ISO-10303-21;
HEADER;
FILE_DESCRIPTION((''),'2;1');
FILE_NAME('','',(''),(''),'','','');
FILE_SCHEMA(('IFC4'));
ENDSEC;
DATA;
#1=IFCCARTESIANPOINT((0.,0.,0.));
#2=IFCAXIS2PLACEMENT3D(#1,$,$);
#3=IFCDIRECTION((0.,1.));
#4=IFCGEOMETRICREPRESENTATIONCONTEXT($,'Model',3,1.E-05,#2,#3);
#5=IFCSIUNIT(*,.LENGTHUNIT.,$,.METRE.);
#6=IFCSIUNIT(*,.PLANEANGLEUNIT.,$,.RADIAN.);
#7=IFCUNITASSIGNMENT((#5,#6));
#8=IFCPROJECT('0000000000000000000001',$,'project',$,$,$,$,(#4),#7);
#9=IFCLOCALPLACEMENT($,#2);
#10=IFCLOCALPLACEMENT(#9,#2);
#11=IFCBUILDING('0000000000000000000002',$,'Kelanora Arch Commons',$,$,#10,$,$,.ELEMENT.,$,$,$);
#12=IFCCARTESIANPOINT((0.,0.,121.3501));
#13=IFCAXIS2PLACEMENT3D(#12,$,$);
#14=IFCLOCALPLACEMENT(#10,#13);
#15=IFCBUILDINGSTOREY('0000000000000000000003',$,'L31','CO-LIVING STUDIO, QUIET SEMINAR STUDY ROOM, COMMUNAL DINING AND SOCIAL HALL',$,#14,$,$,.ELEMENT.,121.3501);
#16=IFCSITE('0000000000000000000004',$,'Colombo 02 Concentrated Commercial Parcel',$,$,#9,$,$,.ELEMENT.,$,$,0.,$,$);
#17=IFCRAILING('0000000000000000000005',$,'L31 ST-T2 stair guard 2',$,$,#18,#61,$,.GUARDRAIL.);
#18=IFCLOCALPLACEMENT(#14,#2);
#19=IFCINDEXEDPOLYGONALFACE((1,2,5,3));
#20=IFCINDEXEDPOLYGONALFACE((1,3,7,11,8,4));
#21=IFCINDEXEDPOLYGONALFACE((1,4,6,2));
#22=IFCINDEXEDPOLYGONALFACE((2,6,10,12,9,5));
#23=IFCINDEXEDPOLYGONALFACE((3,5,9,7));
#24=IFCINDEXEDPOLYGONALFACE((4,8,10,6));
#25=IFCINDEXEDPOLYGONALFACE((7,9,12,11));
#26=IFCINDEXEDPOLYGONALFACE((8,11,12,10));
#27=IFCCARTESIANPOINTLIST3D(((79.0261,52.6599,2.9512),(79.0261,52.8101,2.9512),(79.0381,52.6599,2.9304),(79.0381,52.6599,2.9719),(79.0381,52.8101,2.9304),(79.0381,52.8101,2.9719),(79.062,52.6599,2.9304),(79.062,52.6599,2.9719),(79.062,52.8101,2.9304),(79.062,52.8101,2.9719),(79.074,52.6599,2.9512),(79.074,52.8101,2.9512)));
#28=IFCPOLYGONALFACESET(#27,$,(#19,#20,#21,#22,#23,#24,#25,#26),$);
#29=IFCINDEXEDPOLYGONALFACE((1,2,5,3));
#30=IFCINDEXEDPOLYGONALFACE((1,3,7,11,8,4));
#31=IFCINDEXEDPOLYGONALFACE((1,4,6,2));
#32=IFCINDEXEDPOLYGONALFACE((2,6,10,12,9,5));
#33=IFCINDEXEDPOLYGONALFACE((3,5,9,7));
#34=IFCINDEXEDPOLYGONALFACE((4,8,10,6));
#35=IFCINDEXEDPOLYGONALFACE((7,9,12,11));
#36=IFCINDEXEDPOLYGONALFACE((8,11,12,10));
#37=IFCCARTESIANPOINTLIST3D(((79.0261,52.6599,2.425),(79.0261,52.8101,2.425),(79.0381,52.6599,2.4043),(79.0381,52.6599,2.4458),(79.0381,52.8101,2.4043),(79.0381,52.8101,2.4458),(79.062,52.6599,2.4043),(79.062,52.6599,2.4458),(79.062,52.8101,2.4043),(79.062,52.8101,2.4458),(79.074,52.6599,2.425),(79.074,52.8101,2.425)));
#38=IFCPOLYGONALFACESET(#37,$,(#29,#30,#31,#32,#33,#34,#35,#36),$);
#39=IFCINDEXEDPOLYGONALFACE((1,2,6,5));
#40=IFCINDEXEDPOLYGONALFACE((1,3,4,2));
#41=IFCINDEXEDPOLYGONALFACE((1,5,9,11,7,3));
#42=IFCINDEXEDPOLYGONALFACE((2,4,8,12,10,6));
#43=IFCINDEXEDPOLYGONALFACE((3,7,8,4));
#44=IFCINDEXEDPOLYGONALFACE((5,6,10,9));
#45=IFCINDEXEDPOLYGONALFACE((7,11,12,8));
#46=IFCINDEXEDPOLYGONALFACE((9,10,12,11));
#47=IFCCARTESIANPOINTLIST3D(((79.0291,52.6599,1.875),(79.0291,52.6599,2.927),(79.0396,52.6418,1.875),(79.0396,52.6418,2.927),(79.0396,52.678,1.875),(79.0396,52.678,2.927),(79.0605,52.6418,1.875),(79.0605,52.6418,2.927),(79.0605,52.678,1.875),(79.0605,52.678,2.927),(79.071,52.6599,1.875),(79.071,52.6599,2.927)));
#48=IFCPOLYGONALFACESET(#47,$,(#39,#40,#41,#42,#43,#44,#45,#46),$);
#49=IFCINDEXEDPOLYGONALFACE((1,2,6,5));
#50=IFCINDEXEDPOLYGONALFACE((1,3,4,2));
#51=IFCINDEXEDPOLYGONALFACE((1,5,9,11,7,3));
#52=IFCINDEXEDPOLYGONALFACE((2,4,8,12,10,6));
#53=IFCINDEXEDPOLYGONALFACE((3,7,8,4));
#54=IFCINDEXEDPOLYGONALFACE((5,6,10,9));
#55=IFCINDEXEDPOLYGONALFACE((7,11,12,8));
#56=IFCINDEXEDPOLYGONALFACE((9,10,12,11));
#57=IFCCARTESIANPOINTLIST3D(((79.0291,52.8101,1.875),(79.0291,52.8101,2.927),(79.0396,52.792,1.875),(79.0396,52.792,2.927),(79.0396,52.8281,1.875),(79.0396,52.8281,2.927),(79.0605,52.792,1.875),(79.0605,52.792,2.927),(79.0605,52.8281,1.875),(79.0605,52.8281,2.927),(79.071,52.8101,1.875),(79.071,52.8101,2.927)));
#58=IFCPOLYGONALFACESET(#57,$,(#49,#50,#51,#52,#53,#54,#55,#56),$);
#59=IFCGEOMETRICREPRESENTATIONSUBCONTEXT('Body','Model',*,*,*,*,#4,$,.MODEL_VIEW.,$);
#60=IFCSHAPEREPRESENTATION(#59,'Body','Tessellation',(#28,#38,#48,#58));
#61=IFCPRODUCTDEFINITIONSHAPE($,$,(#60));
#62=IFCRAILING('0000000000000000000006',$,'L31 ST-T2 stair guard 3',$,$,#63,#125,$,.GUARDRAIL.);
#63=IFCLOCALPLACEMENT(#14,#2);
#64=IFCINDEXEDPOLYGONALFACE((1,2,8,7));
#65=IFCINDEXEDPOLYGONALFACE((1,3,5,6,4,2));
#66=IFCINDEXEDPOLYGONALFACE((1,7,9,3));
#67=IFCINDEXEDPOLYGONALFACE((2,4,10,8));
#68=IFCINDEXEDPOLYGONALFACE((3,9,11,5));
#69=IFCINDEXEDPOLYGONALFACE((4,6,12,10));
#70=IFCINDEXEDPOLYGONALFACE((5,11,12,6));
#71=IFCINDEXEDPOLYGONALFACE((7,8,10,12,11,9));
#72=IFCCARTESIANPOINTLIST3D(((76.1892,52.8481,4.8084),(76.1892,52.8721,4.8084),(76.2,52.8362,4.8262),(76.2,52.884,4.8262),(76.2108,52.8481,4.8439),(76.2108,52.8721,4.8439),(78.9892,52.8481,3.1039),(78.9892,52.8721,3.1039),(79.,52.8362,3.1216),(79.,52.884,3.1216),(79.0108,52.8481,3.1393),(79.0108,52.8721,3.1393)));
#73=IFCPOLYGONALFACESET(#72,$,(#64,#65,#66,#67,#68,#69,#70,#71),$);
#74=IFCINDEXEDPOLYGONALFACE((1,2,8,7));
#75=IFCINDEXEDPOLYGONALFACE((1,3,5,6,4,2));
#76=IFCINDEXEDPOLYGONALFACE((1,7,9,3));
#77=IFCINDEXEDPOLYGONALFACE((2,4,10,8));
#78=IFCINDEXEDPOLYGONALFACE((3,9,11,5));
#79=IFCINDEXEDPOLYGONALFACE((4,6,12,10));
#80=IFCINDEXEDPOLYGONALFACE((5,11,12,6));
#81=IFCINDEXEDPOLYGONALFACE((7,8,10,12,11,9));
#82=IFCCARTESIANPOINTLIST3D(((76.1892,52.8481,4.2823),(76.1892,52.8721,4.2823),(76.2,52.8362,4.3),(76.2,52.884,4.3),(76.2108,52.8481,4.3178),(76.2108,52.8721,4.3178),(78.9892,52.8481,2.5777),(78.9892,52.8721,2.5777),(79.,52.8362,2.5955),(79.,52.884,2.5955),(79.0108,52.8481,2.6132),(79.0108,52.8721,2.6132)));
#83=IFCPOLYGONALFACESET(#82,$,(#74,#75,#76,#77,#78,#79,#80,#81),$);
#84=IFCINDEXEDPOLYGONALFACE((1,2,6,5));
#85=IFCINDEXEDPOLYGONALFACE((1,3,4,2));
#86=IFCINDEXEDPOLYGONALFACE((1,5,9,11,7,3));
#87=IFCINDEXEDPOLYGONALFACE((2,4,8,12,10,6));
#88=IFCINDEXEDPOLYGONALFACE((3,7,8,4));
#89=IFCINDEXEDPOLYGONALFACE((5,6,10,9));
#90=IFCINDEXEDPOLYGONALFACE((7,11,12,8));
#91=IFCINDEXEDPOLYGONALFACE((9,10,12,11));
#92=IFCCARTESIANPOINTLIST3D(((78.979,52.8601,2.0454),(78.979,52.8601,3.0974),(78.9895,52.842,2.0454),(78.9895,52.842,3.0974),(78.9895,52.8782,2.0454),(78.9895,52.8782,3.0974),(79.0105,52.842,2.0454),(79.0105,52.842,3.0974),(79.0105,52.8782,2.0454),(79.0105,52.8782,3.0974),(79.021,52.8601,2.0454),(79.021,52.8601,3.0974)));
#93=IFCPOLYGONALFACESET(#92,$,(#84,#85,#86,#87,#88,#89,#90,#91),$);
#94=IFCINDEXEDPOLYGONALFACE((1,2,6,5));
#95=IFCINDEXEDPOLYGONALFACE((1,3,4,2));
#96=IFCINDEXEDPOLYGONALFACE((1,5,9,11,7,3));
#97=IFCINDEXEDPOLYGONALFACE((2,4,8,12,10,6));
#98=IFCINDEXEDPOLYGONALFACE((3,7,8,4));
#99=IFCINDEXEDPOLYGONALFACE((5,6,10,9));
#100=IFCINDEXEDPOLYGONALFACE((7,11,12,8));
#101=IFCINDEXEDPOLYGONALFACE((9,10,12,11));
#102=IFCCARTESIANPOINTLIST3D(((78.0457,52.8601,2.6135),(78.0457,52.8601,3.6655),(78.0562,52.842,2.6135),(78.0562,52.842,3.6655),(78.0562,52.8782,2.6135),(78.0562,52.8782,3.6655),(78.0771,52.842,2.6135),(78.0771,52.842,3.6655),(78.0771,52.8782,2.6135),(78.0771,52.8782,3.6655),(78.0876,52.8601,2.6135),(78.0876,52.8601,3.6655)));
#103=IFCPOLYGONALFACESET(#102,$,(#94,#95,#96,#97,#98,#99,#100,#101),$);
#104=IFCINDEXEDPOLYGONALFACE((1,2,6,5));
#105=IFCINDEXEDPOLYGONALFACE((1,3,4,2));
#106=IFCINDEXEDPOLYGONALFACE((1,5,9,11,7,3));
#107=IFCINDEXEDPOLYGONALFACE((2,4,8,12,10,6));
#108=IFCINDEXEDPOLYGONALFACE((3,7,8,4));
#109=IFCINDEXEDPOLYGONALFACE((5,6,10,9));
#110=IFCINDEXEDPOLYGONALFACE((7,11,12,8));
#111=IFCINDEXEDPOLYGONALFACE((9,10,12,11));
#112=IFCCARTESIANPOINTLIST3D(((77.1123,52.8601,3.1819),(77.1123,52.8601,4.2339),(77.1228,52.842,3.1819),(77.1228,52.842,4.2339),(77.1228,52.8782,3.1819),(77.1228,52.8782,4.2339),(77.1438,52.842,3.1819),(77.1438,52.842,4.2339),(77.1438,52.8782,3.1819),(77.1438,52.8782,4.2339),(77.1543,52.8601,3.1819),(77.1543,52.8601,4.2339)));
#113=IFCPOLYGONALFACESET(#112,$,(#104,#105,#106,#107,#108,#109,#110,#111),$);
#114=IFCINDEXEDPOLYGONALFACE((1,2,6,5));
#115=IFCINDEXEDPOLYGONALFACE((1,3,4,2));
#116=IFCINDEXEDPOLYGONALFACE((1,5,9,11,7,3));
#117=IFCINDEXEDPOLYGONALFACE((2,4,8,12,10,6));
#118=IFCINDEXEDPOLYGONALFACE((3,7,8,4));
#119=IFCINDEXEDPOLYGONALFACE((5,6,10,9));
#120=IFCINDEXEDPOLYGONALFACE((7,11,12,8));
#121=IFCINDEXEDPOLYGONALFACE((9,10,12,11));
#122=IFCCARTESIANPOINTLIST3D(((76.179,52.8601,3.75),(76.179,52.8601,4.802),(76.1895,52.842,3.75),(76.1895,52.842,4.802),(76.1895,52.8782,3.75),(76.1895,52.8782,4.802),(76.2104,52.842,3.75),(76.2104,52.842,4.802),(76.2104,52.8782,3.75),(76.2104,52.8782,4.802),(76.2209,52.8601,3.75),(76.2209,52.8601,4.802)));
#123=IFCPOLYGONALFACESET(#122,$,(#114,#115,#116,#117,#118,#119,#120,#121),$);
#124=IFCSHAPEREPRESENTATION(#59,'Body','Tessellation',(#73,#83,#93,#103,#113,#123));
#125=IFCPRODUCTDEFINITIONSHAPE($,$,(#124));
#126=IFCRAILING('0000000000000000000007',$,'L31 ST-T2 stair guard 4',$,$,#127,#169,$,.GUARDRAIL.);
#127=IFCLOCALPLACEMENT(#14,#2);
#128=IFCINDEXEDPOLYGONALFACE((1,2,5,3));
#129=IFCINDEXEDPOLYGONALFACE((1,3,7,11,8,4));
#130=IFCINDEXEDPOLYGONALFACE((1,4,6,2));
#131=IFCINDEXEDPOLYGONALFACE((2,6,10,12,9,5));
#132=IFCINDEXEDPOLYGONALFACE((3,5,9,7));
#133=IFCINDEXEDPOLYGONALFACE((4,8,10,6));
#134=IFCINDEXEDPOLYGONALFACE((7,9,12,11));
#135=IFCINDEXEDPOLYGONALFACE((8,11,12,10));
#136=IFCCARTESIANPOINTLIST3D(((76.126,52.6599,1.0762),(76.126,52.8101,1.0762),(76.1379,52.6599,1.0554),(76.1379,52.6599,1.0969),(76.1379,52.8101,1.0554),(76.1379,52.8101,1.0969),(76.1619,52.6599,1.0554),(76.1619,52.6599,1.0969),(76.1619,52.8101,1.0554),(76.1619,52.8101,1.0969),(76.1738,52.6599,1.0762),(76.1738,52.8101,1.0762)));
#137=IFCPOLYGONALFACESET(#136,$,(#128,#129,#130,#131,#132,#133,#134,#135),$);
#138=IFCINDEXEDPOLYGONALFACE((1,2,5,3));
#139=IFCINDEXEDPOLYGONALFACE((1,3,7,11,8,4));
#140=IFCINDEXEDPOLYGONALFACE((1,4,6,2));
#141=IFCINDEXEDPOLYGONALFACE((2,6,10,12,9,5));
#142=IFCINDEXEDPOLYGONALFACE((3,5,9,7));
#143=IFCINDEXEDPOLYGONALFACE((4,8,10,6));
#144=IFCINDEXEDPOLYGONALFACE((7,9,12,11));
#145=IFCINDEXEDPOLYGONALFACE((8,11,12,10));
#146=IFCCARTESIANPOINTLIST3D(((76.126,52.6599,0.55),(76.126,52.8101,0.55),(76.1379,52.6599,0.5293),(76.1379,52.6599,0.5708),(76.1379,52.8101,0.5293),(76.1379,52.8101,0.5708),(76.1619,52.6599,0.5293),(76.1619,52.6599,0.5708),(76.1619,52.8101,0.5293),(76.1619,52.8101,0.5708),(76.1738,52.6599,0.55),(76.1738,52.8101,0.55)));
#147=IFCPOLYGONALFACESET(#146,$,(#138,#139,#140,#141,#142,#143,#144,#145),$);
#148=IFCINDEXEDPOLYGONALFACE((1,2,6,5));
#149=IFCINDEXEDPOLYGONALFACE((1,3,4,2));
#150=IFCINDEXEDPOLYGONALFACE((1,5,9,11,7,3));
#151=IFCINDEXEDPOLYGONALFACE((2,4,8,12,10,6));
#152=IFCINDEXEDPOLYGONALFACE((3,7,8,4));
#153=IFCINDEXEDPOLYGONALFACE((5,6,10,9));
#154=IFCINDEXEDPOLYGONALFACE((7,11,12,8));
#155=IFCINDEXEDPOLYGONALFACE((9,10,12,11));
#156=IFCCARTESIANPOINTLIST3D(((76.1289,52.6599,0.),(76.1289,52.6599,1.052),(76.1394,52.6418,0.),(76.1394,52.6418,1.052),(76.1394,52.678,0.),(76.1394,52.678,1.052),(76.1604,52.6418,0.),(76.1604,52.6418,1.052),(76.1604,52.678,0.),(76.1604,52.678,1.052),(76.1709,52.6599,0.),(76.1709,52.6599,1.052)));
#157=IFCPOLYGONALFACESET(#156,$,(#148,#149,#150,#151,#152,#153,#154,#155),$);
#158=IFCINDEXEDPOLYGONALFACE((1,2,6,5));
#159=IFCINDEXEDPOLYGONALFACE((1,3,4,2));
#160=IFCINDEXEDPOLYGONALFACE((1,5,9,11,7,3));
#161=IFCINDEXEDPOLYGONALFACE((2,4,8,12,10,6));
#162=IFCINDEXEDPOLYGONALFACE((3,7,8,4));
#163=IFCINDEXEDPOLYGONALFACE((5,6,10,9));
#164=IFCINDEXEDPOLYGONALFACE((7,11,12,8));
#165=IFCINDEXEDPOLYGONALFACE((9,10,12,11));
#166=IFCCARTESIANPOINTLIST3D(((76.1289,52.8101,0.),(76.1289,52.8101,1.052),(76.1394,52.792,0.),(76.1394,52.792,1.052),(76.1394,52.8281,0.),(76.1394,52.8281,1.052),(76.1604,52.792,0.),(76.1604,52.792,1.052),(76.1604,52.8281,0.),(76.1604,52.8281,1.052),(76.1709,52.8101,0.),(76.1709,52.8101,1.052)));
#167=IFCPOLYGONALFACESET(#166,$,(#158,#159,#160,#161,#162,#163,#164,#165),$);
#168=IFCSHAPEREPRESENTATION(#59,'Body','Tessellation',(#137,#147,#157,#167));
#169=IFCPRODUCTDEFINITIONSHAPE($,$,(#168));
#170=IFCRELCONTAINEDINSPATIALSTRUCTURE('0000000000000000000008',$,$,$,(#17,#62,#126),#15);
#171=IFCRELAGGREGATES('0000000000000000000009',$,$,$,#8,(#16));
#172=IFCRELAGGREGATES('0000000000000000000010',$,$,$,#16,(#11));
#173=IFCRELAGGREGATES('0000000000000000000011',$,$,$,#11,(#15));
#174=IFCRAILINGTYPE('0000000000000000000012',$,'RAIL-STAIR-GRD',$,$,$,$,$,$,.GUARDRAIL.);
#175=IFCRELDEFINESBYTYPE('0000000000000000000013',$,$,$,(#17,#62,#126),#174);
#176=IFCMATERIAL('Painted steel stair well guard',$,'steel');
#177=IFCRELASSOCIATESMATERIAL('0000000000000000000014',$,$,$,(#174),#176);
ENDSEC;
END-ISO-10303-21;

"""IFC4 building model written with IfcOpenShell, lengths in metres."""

from ifc_helpers import new_model, si_unit, direction, frame, origin, place, context, subcontext, project, spatial, polyline, outline, extrude, material, type_object, element, save


model = new_model("IFC4")

# Units and contexts
model_context = context("Model", 3, precision=1e-05, world=origin(), true_north=direction((0.0, 1.0)))
body_context = subcontext(model_context, "Body", "Model", "MODEL_VIEW")
ifc_project = project(units=[si_unit("LENGTHUNIT", "METRE"), si_unit("PLANEANGLEUNIT", "RADIAN")], contexts=[model_context])

# Site, building, storey
site_placement = place(None, origin())
site = spatial("IfcSite", under=ifc_project, at=site_placement, Name="Colombo 02 Concentrated Commercial Parcel", CompositionType="ELEMENT", RefElevation=0.0)
building_placement = place(site_placement, origin())
building = spatial("IfcBuilding", under=site, at=building_placement, Name="Kelanora Arch Commons", CompositionType="ELEMENT")
storey_placement = place(building_placement, frame((0.0, 0.0, 121.3501)))
storey = spatial("IfcBuildingStorey", under=building, at=storey_placement, Name="L31", Description="CO-LIVING STUDIO, QUIET SEMINAR STUDY ROOM, COMMUNAL DINING AND SOCIAL HALL", CompositionType="ELEMENT", Elevation=121.3501)

# Railings
ifc_material_1 = material(Name="Painted steel stair well guard", Category="steel")
railing_type_1 = type_object("IfcRailingType", Name="RAIL-STAIR-GRD", PredefinedType="GUARDRAIL", material=ifc_material_1)
railing_1_placement = place(storey_placement, frame((79.05, 52.6599, 1.875)))
element("IfcRailing", 1, at=railing_1_placement, inside=storey, type_object=railing_type_1, Name="L31 ST-T2 stair guard 2", PredefinedType="GUARDRAIL", context=body_context, shape_type="SweptSolid", body=[
    extrude(outline(polyline([(0.0239, 0.0), (0.012, 0.0208), (-0.012, 0.0208), (-0.0239, 0.0), (-0.012, -0.0208), (0.012, -0.0208), (0.0239, 0.0)])), frame((0.0, 0.0, 1.0762), z_axis=(0.0, 1.0, 0.0), x_axis=(-1.0, 0.0, 0.0)), (0.0, 0.0, 1.0), 0.1501),
    extrude(outline(polyline([(0.0239, 0.0), (0.012, 0.0208), (-0.012, 0.0208), (-0.0239, 0.0), (-0.012, -0.0208), (0.012, -0.0208), (0.0239, 0.0)])), frame((0.0, 0.0, 0.55), z_axis=(0.0, 1.0, 0.0), x_axis=(-1.0, 0.0, 0.0)), (0.0, 0.0, 1.0), 0.1501),
    extrude(outline(polyline([(0.021, 0.0), (0.0105, 0.0181), (-0.0105, 0.0181), (-0.021, 0.0), (-0.0105, -0.0181), (0.0105, -0.0181), (0.021, 0.0)])), origin(), (0.0, 0.0, 1.0), 1.052),
    extrude(outline(polyline([(0.021, 0.0), (0.0105, 0.0181), (-0.0105, 0.0181), (-0.021, 0.0), (-0.0105, -0.0181), (0.0105, -0.0181), (0.021, 0.0)])), frame((0.0, 0.1501, 0.0)), (0.0, 0.0, 1.0), 1.052),
])
railing_2_placement = place(storey_placement, frame((79.0, 52.8601, 2.0454)))
element("IfcRailing", 2, at=railing_2_placement, inside=storey, type_object=railing_type_1, Name="L31 ST-T2 stair guard 3", PredefinedType="GUARDRAIL", context=body_context, shape_type="SweptSolid", body=[
    extrude(outline(polyline([(0.0239, 0.0), (0.012, 0.0208), (-0.012, 0.0208), (-0.0239, 0.0), (-0.012, -0.0208), (0.012, -0.0208), (0.0239, 0.0)])), frame((0.0, 0.0, 1.0762), z_axis=(-0.85417, 0.0, 0.519994), x_axis=(0.0, -1.0, 0.0)), (0.0, 0.0, 1.0), 3.2781),
    extrude(outline(polyline([(0.0239, 0.0), (0.012, 0.0208), (-0.012, 0.0208), (-0.0239, 0.0), (-0.012, -0.0208), (0.012, -0.0208), (0.0239, 0.0)])), frame((0.0, 0.0, 0.55), z_axis=(-0.85417, 0.0, 0.519994), x_axis=(0.0, -1.0, 0.0)), (0.0, 0.0, 1.0), 3.2781),
    extrude(outline(polyline([(0.021, 0.0), (0.0105, 0.0181), (-0.0105, 0.0181), (-0.021, 0.0), (-0.0105, -0.0181), (0.0105, -0.0181), (0.021, 0.0)])), origin(), (0.0, 0.0, 1.0), 1.052),
    extrude(outline(polyline([(0.021, 0.0), (0.0105, 0.0181), (-0.0105, 0.0181), (-0.021, 0.0), (-0.0105, -0.0181), (0.0105, -0.0181), (0.021, 0.0)])), frame((-0.9333, 0.0, 0.5681)), (0.0, 0.0, 1.0), 1.052),
    extrude(outline(polyline([(0.021, 0.0), (0.0105, 0.0181), (-0.0105, 0.0181), (-0.021, 0.0), (-0.0105, -0.0181), (0.0105, -0.0181), (0.021, 0.0)])), frame((-1.8667, 0.0, 1.1365)), (0.0, 0.0, 1.0), 1.052),
    extrude(outline(polyline([(0.021, 0.0), (0.0105, 0.0181), (-0.0105, 0.0181), (-0.021, 0.0), (-0.0105, -0.0181), (0.0105, -0.0181), (0.021, 0.0)])), frame((-2.8, 0.0, 1.7046)), (0.0, 0.0, 1.0), 1.052),
])
railing_3_placement = place(storey_placement, frame((76.1499, 52.6599, 0.0)))
element("IfcRailing", 3, at=railing_3_placement, inside=storey, type_object=railing_type_1, Name="L31 ST-T2 stair guard 4", PredefinedType="GUARDRAIL", context=body_context, shape_type="SweptSolid", body=[
    extrude(outline(polyline([(0.0239, 0.0), (0.012, 0.0208), (-0.012, 0.0208), (-0.0239, 0.0), (-0.012, -0.0208), (0.012, -0.0208), (0.0239, 0.0)])), frame((0.0, 0.0, 1.0762), z_axis=(0.0, 1.0, 0.0), x_axis=(-1.0, 0.0, 0.0)), (0.0, 0.0, 1.0), 0.1501),
    extrude(outline(polyline([(0.0239, 0.0), (0.012, 0.0208), (-0.012, 0.0208), (-0.0239, 0.0), (-0.012, -0.0208), (0.012, -0.0208), (0.0239, 0.0)])), frame((0.0, 0.0, 0.55), z_axis=(0.0, 1.0, 0.0), x_axis=(-1.0, 0.0, 0.0)), (0.0, 0.0, 1.0), 0.1501),
    extrude(outline(polyline([(0.021, 0.0), (0.0105, 0.0181), (-0.0105, 0.0181), (-0.021, 0.0), (-0.0105, -0.0181), (0.0105, -0.0181), (0.021, 0.0)])), origin(), (0.0, 0.0, 1.0), 1.052),
    extrude(outline(polyline([(0.021, 0.0), (0.0105, 0.0181), (-0.0105, 0.0181), (-0.021, 0.0), (-0.0105, -0.0181), (0.0105, -0.0181), (0.021, 0.0)])), frame((0.0, 0.1501, 0.0)), (0.0, 0.0, 1.0), 1.052),
])

save(model, "model.ifc")
